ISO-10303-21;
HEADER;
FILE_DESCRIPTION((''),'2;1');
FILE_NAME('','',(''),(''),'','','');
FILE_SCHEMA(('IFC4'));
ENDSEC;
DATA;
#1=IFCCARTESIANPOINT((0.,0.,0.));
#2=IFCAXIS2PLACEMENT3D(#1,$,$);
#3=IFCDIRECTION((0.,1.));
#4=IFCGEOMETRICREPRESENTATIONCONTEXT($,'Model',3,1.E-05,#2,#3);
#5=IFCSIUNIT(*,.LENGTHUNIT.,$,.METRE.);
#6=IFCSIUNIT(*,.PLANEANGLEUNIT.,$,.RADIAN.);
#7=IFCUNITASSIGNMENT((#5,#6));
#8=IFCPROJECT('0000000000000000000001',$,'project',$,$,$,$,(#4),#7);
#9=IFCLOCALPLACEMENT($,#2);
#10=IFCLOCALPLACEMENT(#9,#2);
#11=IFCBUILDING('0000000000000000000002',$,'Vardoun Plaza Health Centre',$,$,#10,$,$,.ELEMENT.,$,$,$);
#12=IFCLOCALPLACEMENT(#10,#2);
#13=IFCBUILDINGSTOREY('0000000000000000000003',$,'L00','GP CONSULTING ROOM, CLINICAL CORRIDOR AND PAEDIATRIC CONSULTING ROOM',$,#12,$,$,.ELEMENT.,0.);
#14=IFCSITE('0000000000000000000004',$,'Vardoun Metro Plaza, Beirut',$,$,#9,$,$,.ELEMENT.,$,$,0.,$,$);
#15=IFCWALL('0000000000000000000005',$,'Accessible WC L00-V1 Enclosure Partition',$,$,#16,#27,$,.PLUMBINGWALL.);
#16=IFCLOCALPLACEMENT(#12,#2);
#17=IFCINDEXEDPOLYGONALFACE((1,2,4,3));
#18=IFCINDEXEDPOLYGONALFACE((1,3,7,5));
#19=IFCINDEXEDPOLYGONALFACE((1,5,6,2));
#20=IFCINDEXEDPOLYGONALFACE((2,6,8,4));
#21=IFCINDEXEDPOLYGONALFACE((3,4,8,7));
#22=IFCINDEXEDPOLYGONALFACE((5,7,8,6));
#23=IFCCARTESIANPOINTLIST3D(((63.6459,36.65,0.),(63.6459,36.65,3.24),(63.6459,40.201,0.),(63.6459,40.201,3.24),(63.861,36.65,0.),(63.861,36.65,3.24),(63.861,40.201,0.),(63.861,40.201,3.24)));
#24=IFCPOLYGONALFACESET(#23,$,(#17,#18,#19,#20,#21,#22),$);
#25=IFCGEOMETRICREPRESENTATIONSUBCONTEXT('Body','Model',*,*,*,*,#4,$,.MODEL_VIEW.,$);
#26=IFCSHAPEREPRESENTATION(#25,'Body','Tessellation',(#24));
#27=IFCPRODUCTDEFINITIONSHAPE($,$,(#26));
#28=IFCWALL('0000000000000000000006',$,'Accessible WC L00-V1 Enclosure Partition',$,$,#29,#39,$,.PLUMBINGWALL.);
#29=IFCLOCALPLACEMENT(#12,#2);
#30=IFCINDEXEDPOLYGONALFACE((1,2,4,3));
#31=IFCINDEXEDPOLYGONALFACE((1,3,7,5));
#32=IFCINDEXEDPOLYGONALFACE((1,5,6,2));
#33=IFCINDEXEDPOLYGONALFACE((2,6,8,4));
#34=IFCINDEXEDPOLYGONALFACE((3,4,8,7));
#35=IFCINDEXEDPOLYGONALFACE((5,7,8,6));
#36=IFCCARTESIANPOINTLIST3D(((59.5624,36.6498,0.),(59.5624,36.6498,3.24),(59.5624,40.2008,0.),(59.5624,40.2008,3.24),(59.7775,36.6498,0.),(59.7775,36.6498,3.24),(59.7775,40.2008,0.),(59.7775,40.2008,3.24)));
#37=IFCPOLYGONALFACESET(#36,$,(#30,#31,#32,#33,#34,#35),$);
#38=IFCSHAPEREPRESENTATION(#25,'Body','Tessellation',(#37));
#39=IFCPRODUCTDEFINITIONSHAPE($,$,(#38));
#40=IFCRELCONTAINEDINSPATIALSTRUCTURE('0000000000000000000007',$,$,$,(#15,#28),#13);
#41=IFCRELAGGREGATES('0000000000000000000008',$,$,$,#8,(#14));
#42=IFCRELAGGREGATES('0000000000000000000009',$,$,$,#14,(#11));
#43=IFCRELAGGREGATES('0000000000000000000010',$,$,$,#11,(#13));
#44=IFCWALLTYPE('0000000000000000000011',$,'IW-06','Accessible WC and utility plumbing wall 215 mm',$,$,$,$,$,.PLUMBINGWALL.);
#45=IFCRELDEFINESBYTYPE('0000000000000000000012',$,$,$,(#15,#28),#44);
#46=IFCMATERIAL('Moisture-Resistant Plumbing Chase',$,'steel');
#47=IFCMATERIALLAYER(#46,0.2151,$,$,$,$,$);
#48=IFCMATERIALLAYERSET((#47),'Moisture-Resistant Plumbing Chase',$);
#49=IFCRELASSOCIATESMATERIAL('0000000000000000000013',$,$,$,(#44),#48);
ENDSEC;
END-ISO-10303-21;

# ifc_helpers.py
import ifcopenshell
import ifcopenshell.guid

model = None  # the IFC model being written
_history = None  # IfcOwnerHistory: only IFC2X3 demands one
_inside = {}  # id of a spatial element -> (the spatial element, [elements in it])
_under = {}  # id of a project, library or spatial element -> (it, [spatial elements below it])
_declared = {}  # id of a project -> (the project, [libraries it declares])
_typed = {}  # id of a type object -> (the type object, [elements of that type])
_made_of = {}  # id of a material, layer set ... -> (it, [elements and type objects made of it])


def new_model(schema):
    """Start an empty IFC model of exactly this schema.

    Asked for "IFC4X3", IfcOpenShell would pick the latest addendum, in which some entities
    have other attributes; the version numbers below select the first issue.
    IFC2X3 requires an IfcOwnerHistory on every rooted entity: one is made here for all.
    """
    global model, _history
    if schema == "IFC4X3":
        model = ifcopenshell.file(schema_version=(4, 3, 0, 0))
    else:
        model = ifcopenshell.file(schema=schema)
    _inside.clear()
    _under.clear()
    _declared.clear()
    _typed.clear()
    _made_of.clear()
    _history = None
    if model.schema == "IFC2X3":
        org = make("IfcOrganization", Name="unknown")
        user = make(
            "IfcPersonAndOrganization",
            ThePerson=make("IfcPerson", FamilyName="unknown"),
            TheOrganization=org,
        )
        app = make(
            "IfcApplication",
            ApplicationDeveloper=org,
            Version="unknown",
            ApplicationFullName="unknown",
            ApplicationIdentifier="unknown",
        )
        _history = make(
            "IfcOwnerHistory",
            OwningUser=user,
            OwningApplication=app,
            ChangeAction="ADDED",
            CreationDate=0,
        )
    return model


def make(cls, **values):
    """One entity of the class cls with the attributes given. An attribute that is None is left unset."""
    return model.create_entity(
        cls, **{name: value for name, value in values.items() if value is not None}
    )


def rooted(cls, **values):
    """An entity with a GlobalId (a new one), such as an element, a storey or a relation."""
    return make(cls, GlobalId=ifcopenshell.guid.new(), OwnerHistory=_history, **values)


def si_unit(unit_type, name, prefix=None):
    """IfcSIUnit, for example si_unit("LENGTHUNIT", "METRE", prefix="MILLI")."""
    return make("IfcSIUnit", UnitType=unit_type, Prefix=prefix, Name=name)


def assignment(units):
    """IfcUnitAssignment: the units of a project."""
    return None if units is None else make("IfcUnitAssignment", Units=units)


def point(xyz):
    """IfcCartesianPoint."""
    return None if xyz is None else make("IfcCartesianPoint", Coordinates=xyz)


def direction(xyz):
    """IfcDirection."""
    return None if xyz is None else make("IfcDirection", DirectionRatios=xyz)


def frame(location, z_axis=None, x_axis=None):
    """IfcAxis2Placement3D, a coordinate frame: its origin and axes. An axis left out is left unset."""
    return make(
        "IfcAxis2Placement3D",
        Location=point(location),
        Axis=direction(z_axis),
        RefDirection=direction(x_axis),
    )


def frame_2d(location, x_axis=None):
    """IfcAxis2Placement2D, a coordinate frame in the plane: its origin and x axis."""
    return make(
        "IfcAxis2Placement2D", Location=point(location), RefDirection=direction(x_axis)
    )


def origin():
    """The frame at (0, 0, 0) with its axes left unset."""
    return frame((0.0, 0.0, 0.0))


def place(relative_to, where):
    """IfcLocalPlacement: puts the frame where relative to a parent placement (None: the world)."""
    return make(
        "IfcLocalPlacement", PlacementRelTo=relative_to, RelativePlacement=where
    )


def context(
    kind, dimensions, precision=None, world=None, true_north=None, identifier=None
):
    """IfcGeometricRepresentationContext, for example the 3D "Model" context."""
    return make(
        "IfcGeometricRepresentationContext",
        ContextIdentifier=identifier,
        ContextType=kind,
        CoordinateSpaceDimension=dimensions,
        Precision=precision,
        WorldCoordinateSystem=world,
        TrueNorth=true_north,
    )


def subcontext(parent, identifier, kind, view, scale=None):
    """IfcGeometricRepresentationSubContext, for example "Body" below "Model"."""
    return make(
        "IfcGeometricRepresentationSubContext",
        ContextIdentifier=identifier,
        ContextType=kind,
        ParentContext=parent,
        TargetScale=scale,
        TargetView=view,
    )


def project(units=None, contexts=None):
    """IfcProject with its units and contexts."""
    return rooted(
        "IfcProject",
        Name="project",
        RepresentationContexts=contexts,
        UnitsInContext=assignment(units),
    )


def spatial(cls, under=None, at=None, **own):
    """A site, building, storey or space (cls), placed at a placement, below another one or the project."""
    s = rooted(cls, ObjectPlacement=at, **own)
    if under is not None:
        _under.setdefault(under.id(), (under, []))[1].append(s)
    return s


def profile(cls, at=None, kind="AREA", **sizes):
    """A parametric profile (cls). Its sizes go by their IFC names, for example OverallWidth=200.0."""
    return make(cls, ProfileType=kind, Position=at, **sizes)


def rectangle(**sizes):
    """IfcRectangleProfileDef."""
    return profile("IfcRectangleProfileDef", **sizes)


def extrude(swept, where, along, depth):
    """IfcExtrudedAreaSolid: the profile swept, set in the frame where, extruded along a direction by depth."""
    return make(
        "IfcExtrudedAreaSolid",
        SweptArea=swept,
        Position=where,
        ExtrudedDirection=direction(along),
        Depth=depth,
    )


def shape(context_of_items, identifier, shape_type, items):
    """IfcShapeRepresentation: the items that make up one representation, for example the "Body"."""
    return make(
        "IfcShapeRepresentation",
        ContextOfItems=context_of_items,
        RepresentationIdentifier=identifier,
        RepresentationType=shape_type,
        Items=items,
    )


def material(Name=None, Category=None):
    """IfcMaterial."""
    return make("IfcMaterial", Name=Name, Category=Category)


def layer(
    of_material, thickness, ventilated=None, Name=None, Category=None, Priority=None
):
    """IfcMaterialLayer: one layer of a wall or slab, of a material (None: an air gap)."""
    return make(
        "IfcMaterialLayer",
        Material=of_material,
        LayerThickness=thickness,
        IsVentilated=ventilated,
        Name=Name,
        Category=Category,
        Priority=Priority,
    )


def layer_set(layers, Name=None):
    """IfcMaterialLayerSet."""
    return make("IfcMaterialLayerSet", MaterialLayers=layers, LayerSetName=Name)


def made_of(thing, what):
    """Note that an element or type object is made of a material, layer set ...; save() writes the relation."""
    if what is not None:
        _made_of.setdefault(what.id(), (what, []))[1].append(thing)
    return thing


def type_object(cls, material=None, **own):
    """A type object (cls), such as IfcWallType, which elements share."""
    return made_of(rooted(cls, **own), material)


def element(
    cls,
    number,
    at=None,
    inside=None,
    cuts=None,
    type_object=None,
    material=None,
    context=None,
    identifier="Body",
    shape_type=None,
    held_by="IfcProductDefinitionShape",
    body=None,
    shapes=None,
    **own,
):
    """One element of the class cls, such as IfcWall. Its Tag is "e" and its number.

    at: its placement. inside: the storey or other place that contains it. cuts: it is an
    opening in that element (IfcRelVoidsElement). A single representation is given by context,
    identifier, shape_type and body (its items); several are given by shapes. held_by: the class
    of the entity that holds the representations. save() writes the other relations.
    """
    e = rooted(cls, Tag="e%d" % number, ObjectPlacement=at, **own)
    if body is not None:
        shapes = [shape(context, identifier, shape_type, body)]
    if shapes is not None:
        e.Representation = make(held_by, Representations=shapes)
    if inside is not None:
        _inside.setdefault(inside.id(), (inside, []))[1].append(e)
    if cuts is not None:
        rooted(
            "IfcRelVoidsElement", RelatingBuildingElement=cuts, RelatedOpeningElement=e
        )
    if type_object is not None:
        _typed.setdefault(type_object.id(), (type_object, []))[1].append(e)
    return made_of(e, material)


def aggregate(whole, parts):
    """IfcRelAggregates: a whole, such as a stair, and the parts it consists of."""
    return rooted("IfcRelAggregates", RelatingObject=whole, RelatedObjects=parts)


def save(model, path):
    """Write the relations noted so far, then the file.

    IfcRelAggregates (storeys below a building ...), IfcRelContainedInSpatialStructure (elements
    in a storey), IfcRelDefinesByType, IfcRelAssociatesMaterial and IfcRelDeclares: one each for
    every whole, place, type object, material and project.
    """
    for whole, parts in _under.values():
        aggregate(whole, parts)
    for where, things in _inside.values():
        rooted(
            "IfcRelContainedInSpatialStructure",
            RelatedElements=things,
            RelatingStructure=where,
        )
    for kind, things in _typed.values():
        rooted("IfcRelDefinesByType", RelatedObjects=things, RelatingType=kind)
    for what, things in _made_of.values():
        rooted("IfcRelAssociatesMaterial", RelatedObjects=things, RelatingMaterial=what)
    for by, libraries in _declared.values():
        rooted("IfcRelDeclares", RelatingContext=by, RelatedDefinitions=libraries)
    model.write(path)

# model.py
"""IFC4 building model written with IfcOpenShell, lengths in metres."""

from ifc_helpers import new_model, si_unit, direction, frame, frame_2d, origin, place, context, subcontext, project, spatial, rectangle, extrude, material, layer, layer_set, type_object, element, save


model = new_model("IFC4")

# Units and contexts
model_context = context("Model", 3, precision=1e-05, world=origin(), true_north=direction((0.0, 1.0)))
body_context = subcontext(model_context, "Body", "Model", "MODEL_VIEW")
ifc_project = project(units=[si_unit("LENGTHUNIT", "METRE"), si_unit("PLANEANGLEUNIT", "RADIAN")], contexts=[model_context])

# Site, building, storey
site_placement = place(None, origin())
site = spatial("IfcSite", under=ifc_project, at=site_placement, Name="Vardoun Metro Plaza, Beirut", CompositionType="ELEMENT", RefElevation=0.0)
building_placement = place(site_placement, origin())
building = spatial("IfcBuilding", under=site, at=building_placement, Name="Vardoun Plaza Health Centre", CompositionType="ELEMENT")
storey_placement = place(building_placement, origin())
storey = spatial("IfcBuildingStorey", under=building, at=storey_placement, Name="L00", Description="GP CONSULTING ROOM, CLINICAL CORRIDOR AND PAEDIATRIC CONSULTING ROOM", CompositionType="ELEMENT", Elevation=0.0)

# Shared definitions
ifc_material_1 = material(Name="Moisture-Resistant Plumbing Chase", Category="steel")
ifc_layer_1 = layer(ifc_material_1, 0.2151)
ifc_layer_set_1 = layer_set([ifc_layer_1], Name="Moisture-Resistant Plumbing Chase")
wall_type_1 = type_object("IfcWallType", Name="IW-06", Description="Accessible WC and utility plumbing wall 215 mm", PredefinedType="PLUMBINGWALL", material=ifc_layer_set_1)

# Walls
for number, where, z_axis, x_axis, name in (
    (1, (63.7534, 40.2009, 0.0), (0.0, 0.0, 1.0), (0.0, -1.0, 0.0), "Accessible WC L00-V1 Enclosure Partition"),
    (2, (59.6699, 36.6499, 0.0), (0.0, 0.0, 1.0), (0.0, 1.0, 0.0), "Accessible WC L00-V1 Enclosure Partition"),
):
    element("IfcWall", number, at=place(storey_placement, frame(where, z_axis=z_axis, x_axis=x_axis)), inside=storey, type_object=wall_type_1, Name=name, PredefinedType="PLUMBINGWALL", context=body_context, shape_type="SweptSolid", body=[
        extrude(rectangle(XDim=3.551, YDim=0.2151, at=frame_2d((1.7754, 0.0))), origin(), (0.0, 0.0, 1.0), 3.24),
    ])

save(model, "model.ifc")
